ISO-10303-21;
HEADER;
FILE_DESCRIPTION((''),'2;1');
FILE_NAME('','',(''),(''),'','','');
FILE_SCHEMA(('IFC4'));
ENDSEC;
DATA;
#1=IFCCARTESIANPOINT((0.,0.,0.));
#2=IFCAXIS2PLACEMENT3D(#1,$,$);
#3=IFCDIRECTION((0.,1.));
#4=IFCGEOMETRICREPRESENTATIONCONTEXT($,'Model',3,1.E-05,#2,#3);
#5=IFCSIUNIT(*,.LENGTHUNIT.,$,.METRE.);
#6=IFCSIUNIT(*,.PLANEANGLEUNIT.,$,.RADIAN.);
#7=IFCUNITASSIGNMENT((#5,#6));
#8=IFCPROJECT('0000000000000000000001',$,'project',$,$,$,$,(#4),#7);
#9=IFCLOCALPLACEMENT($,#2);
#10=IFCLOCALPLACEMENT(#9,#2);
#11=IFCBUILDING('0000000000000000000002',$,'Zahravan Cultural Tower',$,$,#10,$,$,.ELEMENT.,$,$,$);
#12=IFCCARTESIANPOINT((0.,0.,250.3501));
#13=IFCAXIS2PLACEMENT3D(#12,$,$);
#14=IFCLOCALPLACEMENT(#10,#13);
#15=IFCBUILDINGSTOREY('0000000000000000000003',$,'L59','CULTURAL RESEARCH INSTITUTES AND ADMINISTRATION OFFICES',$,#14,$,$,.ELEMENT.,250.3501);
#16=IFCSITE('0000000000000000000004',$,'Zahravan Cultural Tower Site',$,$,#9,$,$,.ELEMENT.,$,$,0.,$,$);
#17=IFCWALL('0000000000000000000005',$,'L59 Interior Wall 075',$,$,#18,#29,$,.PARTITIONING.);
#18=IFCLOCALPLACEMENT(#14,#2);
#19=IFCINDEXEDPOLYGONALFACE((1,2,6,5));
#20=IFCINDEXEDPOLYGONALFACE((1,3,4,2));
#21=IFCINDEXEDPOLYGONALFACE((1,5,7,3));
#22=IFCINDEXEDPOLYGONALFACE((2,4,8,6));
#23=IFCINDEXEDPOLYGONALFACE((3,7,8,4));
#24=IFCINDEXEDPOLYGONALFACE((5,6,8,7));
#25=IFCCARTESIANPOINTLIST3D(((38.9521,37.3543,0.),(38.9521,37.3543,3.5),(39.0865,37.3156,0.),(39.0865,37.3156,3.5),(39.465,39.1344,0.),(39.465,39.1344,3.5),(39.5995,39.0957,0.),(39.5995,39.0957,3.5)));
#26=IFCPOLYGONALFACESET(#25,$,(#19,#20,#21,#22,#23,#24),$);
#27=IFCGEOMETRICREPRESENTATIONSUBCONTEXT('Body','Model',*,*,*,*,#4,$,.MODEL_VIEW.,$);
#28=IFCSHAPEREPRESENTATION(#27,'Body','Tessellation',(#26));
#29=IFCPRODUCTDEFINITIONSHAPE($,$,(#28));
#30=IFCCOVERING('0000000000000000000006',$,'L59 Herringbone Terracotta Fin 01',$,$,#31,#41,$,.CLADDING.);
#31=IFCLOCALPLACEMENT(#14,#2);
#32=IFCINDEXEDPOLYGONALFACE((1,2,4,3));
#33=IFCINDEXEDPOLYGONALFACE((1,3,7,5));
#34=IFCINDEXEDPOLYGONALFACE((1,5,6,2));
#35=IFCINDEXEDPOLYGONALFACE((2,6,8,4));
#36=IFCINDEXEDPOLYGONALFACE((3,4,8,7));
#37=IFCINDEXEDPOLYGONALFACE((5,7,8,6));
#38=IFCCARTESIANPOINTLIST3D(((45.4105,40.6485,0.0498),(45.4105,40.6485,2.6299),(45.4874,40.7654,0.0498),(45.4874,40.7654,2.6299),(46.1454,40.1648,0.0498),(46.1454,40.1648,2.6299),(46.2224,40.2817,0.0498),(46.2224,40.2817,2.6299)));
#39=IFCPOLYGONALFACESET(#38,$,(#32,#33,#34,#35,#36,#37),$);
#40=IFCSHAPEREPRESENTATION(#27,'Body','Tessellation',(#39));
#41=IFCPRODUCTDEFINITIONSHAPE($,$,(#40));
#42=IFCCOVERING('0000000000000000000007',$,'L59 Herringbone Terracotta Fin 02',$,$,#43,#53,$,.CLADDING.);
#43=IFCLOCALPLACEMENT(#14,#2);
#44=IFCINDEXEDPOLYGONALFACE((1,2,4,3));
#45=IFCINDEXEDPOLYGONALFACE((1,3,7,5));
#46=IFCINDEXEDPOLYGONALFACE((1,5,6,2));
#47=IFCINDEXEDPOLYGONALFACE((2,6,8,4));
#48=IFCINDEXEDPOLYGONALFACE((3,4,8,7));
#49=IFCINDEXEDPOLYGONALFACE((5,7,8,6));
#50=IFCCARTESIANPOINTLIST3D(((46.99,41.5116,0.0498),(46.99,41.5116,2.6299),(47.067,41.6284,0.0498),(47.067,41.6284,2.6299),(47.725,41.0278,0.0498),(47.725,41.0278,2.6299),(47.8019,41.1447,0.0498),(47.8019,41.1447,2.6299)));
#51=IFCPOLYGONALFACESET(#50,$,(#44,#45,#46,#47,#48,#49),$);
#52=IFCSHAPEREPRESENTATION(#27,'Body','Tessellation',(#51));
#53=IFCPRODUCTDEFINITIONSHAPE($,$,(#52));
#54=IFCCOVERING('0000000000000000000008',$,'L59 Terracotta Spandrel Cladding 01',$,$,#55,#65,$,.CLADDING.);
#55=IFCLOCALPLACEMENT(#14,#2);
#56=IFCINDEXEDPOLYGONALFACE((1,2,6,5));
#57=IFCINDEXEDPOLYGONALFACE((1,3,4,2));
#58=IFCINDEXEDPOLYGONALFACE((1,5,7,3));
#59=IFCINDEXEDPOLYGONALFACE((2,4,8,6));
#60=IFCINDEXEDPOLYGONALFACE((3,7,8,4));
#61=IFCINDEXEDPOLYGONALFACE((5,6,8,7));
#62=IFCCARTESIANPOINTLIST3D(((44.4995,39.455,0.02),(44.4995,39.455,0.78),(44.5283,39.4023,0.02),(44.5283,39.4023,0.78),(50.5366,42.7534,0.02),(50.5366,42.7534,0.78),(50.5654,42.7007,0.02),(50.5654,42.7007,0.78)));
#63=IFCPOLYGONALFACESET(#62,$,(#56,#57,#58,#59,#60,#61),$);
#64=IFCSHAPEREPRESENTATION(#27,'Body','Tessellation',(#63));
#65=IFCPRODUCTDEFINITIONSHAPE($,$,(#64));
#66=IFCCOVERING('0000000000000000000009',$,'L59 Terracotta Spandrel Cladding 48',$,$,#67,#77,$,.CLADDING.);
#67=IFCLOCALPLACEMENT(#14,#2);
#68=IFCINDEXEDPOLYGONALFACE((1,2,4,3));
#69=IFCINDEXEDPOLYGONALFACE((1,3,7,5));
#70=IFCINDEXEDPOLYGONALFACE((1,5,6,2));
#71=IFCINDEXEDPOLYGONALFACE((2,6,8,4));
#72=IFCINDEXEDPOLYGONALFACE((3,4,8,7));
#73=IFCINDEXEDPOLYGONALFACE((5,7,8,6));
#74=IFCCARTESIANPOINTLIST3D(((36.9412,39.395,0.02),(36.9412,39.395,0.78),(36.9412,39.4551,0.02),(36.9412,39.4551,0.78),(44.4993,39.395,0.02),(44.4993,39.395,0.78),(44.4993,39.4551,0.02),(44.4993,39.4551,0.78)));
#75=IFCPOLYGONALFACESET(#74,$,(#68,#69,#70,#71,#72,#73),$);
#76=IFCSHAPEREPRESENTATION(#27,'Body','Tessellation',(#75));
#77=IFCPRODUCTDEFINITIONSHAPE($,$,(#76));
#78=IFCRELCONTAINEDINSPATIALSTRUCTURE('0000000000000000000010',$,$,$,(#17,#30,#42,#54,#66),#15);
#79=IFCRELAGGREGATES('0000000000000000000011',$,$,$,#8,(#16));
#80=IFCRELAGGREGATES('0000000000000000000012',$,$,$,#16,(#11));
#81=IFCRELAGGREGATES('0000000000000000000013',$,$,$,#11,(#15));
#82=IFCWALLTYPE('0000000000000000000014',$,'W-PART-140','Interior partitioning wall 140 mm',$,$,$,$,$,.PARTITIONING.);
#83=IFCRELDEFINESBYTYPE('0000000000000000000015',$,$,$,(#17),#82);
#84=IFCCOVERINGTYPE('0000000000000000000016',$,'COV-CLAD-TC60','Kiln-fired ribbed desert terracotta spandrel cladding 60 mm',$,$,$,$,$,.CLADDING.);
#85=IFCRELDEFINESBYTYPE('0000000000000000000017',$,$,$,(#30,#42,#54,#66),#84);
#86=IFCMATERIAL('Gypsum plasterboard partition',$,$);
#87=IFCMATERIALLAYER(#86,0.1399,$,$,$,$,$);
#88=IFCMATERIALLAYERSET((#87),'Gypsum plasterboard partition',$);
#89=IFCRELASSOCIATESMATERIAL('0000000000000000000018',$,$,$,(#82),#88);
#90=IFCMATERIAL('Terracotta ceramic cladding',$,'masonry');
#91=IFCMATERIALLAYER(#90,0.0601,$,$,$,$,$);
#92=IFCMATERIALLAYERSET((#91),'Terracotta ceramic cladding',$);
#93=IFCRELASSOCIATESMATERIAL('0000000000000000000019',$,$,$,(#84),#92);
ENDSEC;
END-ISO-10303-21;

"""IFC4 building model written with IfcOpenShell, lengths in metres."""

from ifc_helpers import new_model, si_unit, direction, frame, frame_2d, origin, origin_2d, place, context, subcontext, project, spatial, rectangle, extrude, source, transform, mapped, material, layer, layer_set, type_object, element, save


model = new_model("IFC4")

# Units and contexts
model_context = context("Model", 3, precision=1e-05, world=origin(), true_north=direction((0.0, 1.0)))
body_context = subcontext(model_context, "Body", "Model", "MODEL_VIEW")
ifc_project = project(units=[si_unit("LENGTHUNIT", "METRE"), si_unit("PLANEANGLEUNIT", "RADIAN")], contexts=[model_context])

# Site, building, storey
site_placement = place(None, origin())
site = spatial("IfcSite", under=ifc_project, at=site_placement, Name="Zahravan Cultural Tower Site", CompositionType="ELEMENT", RefElevation=0.0)
building_placement = place(site_placement, origin())
building = spatial("IfcBuilding", under=site, at=building_placement, Name="Zahravan Cultural Tower", CompositionType="ELEMENT")
storey_placement = place(building_placement, frame((0.0, 0.0, 250.3501)))
storey = spatial("IfcBuildingStorey", under=building, at=storey_placement, Name="L59", Description="CULTURAL RESEARCH INSTITUTES AND ADMINISTRATION OFFICES", CompositionType="ELEMENT", Elevation=250.3501)

# Shared definitions
ifc_material_1 = material(Name="Gypsum plasterboard partition")
ifc_layer_1 = layer(ifc_material_1, 0.1399)
ifc_layer_set_1 = layer_set([ifc_layer_1], Name="Gypsum plasterboard partition")
wall_type_1 = type_object("IfcWallType", Name="W-PART-140", Description="Interior partitioning wall 140 mm", PredefinedType="PARTITIONING", material=ifc_layer_set_1)

# Wall
shared_shape_1 = source(origin(), body_context, "Body", "SweptSolid", [
    extrude(rectangle(XDim=1.8525, YDim=0.1399, at=frame_2d((0.9263, 0.0))), origin(), (0.0, 0.0, 1.0), 3.5),
])
wall_1_placement = place(storey_placement, frame((39.0193, 37.335, 0.0), z_axis=(0.0, 0.0, 1.0), x_axis=(0.276896, 0.9609, 0.0)))
element("IfcWall", 1, at=wall_1_placement, inside=storey, type_object=wall_type_1, Name="L59 Interior Wall 075", PredefinedType="PARTITIONING", context=body_context, shape_type="MappedRepresentation", body=[
    mapped(shared_shape_1, transform((0.0, 0.0, 0.0), x_axis=(1.0, 0.0, 0.0), y_axis=(0.0, 1.0, 0.0), z_axis=(0.0, 0.0, 1.0), scale=1.0)),
])

# Coverings
ifc_material_2 = material(Name="Terracotta ceramic cladding", Category="masonry")
ifc_layer_2 = layer(ifc_material_2, 0.0601)
ifc_layer_set_2 = layer_set([ifc_layer_2], Name="Terracotta ceramic cladding")
covering_type = type_object("IfcCoveringType", Name="COV-CLAD-TC60", Description="Kiln-fired ribbed desert terracotta spandrel cladding 60 mm", PredefinedType="CLADDING", material=ifc_layer_set_2)
shared_shape_2 = source(origin(), body_context, "Body", "SweptSolid", [
    extrude(rectangle(XDim=0.8799, YDim=0.1399, at=origin_2d()), origin(), (0.0, 0.0, 1.0), 2.5801),
])
for number, where, z_axis, x_axis, name in (
    (2, (45.8164, 40.4651, 0.0498), (0.0, 0.0, 1.0), (-0.835328, 0.549752, 0.0), "L59 Herringbone Terracotta Fin 01"),
    (3, (47.396, 41.3281, 0.0498), (0.0, 0.0, 1.0), (-0.835328, 0.549752, 0.0), "L59 Herringbone Terracotta Fin 02"),
):
    element("IfcCovering", number, at=place(storey_placement, frame(where, z_axis=z_axis, x_axis=x_axis)), inside=storey, type_object=covering_type, Name=name, PredefinedType="CLADDING", context=body_context, shape_type="MappedRepresentation", body=[
        mapped(shared_shape_2, transform((0.0, 0.0, 0.0), x_axis=(1.0, 0.0, 0.0), y_axis=(0.0, 1.0, 0.0), z_axis=(0.0, 0.0, 1.0), scale=1.0)),
    ])
shared_shape_3 = source(origin(), body_context, "Body", "SweptSolid", [
    extrude(rectangle(XDim=6.8794, YDim=0.0601, at=origin_2d()), origin(), (0.0, 0.0, 1.0), 0.76),
])
covering_1_placement = place(storey_placement, frame((47.5325, 41.0779, 0.02), z_axis=(0.0, 0.0, 1.0), x_axis=(0.877565, 0.479458, 0.0)))
element("IfcCovering", 4, at=covering_1_placement, inside=storey, type_object=covering_type, Name="L59 Terracotta Spandrel Cladding 01", PredefinedType="CLADDING", context=body_context, shape_type="MappedRepresentation", body=[
    mapped(shared_shape_3, transform((0.0, 0.0, 0.0), x_axis=(1.0, 0.0, 0.0), y_axis=(0.0, 1.0, 0.0), z_axis=(0.0, 0.0, 1.0), scale=1.0)),
])
shared_shape_4 = source(origin(), body_context, "Body", "SweptSolid", [
    extrude(rectangle(XDim=7.5581, YDim=0.0601, at=origin_2d()), origin(), (0.0, 0.0, 1.0), 0.76),
])
covering_2_placement = place(storey_placement, frame((40.7202, 39.425, 0.02), z_axis=(0.0, 0.0, 1.0), x_axis=(1.0, 0.0, 0.0)))
element("IfcCovering", 5, at=covering_2_placement, inside=storey, type_object=covering_type, Name="L59 Terracotta Spandrel Cladding 48", PredefinedType="CLADDING", context=body_context, shape_type="MappedRepresentation", body=[
    mapped(shared_shape_4, transform((0.0, 0.0, 0.0), x_axis=(1.0, 0.0, 0.0), y_axis=(0.0, 1.0, 0.0), z_axis=(0.0, 0.0, 1.0), scale=1.0)),
])

save(model, "model.ifc")
